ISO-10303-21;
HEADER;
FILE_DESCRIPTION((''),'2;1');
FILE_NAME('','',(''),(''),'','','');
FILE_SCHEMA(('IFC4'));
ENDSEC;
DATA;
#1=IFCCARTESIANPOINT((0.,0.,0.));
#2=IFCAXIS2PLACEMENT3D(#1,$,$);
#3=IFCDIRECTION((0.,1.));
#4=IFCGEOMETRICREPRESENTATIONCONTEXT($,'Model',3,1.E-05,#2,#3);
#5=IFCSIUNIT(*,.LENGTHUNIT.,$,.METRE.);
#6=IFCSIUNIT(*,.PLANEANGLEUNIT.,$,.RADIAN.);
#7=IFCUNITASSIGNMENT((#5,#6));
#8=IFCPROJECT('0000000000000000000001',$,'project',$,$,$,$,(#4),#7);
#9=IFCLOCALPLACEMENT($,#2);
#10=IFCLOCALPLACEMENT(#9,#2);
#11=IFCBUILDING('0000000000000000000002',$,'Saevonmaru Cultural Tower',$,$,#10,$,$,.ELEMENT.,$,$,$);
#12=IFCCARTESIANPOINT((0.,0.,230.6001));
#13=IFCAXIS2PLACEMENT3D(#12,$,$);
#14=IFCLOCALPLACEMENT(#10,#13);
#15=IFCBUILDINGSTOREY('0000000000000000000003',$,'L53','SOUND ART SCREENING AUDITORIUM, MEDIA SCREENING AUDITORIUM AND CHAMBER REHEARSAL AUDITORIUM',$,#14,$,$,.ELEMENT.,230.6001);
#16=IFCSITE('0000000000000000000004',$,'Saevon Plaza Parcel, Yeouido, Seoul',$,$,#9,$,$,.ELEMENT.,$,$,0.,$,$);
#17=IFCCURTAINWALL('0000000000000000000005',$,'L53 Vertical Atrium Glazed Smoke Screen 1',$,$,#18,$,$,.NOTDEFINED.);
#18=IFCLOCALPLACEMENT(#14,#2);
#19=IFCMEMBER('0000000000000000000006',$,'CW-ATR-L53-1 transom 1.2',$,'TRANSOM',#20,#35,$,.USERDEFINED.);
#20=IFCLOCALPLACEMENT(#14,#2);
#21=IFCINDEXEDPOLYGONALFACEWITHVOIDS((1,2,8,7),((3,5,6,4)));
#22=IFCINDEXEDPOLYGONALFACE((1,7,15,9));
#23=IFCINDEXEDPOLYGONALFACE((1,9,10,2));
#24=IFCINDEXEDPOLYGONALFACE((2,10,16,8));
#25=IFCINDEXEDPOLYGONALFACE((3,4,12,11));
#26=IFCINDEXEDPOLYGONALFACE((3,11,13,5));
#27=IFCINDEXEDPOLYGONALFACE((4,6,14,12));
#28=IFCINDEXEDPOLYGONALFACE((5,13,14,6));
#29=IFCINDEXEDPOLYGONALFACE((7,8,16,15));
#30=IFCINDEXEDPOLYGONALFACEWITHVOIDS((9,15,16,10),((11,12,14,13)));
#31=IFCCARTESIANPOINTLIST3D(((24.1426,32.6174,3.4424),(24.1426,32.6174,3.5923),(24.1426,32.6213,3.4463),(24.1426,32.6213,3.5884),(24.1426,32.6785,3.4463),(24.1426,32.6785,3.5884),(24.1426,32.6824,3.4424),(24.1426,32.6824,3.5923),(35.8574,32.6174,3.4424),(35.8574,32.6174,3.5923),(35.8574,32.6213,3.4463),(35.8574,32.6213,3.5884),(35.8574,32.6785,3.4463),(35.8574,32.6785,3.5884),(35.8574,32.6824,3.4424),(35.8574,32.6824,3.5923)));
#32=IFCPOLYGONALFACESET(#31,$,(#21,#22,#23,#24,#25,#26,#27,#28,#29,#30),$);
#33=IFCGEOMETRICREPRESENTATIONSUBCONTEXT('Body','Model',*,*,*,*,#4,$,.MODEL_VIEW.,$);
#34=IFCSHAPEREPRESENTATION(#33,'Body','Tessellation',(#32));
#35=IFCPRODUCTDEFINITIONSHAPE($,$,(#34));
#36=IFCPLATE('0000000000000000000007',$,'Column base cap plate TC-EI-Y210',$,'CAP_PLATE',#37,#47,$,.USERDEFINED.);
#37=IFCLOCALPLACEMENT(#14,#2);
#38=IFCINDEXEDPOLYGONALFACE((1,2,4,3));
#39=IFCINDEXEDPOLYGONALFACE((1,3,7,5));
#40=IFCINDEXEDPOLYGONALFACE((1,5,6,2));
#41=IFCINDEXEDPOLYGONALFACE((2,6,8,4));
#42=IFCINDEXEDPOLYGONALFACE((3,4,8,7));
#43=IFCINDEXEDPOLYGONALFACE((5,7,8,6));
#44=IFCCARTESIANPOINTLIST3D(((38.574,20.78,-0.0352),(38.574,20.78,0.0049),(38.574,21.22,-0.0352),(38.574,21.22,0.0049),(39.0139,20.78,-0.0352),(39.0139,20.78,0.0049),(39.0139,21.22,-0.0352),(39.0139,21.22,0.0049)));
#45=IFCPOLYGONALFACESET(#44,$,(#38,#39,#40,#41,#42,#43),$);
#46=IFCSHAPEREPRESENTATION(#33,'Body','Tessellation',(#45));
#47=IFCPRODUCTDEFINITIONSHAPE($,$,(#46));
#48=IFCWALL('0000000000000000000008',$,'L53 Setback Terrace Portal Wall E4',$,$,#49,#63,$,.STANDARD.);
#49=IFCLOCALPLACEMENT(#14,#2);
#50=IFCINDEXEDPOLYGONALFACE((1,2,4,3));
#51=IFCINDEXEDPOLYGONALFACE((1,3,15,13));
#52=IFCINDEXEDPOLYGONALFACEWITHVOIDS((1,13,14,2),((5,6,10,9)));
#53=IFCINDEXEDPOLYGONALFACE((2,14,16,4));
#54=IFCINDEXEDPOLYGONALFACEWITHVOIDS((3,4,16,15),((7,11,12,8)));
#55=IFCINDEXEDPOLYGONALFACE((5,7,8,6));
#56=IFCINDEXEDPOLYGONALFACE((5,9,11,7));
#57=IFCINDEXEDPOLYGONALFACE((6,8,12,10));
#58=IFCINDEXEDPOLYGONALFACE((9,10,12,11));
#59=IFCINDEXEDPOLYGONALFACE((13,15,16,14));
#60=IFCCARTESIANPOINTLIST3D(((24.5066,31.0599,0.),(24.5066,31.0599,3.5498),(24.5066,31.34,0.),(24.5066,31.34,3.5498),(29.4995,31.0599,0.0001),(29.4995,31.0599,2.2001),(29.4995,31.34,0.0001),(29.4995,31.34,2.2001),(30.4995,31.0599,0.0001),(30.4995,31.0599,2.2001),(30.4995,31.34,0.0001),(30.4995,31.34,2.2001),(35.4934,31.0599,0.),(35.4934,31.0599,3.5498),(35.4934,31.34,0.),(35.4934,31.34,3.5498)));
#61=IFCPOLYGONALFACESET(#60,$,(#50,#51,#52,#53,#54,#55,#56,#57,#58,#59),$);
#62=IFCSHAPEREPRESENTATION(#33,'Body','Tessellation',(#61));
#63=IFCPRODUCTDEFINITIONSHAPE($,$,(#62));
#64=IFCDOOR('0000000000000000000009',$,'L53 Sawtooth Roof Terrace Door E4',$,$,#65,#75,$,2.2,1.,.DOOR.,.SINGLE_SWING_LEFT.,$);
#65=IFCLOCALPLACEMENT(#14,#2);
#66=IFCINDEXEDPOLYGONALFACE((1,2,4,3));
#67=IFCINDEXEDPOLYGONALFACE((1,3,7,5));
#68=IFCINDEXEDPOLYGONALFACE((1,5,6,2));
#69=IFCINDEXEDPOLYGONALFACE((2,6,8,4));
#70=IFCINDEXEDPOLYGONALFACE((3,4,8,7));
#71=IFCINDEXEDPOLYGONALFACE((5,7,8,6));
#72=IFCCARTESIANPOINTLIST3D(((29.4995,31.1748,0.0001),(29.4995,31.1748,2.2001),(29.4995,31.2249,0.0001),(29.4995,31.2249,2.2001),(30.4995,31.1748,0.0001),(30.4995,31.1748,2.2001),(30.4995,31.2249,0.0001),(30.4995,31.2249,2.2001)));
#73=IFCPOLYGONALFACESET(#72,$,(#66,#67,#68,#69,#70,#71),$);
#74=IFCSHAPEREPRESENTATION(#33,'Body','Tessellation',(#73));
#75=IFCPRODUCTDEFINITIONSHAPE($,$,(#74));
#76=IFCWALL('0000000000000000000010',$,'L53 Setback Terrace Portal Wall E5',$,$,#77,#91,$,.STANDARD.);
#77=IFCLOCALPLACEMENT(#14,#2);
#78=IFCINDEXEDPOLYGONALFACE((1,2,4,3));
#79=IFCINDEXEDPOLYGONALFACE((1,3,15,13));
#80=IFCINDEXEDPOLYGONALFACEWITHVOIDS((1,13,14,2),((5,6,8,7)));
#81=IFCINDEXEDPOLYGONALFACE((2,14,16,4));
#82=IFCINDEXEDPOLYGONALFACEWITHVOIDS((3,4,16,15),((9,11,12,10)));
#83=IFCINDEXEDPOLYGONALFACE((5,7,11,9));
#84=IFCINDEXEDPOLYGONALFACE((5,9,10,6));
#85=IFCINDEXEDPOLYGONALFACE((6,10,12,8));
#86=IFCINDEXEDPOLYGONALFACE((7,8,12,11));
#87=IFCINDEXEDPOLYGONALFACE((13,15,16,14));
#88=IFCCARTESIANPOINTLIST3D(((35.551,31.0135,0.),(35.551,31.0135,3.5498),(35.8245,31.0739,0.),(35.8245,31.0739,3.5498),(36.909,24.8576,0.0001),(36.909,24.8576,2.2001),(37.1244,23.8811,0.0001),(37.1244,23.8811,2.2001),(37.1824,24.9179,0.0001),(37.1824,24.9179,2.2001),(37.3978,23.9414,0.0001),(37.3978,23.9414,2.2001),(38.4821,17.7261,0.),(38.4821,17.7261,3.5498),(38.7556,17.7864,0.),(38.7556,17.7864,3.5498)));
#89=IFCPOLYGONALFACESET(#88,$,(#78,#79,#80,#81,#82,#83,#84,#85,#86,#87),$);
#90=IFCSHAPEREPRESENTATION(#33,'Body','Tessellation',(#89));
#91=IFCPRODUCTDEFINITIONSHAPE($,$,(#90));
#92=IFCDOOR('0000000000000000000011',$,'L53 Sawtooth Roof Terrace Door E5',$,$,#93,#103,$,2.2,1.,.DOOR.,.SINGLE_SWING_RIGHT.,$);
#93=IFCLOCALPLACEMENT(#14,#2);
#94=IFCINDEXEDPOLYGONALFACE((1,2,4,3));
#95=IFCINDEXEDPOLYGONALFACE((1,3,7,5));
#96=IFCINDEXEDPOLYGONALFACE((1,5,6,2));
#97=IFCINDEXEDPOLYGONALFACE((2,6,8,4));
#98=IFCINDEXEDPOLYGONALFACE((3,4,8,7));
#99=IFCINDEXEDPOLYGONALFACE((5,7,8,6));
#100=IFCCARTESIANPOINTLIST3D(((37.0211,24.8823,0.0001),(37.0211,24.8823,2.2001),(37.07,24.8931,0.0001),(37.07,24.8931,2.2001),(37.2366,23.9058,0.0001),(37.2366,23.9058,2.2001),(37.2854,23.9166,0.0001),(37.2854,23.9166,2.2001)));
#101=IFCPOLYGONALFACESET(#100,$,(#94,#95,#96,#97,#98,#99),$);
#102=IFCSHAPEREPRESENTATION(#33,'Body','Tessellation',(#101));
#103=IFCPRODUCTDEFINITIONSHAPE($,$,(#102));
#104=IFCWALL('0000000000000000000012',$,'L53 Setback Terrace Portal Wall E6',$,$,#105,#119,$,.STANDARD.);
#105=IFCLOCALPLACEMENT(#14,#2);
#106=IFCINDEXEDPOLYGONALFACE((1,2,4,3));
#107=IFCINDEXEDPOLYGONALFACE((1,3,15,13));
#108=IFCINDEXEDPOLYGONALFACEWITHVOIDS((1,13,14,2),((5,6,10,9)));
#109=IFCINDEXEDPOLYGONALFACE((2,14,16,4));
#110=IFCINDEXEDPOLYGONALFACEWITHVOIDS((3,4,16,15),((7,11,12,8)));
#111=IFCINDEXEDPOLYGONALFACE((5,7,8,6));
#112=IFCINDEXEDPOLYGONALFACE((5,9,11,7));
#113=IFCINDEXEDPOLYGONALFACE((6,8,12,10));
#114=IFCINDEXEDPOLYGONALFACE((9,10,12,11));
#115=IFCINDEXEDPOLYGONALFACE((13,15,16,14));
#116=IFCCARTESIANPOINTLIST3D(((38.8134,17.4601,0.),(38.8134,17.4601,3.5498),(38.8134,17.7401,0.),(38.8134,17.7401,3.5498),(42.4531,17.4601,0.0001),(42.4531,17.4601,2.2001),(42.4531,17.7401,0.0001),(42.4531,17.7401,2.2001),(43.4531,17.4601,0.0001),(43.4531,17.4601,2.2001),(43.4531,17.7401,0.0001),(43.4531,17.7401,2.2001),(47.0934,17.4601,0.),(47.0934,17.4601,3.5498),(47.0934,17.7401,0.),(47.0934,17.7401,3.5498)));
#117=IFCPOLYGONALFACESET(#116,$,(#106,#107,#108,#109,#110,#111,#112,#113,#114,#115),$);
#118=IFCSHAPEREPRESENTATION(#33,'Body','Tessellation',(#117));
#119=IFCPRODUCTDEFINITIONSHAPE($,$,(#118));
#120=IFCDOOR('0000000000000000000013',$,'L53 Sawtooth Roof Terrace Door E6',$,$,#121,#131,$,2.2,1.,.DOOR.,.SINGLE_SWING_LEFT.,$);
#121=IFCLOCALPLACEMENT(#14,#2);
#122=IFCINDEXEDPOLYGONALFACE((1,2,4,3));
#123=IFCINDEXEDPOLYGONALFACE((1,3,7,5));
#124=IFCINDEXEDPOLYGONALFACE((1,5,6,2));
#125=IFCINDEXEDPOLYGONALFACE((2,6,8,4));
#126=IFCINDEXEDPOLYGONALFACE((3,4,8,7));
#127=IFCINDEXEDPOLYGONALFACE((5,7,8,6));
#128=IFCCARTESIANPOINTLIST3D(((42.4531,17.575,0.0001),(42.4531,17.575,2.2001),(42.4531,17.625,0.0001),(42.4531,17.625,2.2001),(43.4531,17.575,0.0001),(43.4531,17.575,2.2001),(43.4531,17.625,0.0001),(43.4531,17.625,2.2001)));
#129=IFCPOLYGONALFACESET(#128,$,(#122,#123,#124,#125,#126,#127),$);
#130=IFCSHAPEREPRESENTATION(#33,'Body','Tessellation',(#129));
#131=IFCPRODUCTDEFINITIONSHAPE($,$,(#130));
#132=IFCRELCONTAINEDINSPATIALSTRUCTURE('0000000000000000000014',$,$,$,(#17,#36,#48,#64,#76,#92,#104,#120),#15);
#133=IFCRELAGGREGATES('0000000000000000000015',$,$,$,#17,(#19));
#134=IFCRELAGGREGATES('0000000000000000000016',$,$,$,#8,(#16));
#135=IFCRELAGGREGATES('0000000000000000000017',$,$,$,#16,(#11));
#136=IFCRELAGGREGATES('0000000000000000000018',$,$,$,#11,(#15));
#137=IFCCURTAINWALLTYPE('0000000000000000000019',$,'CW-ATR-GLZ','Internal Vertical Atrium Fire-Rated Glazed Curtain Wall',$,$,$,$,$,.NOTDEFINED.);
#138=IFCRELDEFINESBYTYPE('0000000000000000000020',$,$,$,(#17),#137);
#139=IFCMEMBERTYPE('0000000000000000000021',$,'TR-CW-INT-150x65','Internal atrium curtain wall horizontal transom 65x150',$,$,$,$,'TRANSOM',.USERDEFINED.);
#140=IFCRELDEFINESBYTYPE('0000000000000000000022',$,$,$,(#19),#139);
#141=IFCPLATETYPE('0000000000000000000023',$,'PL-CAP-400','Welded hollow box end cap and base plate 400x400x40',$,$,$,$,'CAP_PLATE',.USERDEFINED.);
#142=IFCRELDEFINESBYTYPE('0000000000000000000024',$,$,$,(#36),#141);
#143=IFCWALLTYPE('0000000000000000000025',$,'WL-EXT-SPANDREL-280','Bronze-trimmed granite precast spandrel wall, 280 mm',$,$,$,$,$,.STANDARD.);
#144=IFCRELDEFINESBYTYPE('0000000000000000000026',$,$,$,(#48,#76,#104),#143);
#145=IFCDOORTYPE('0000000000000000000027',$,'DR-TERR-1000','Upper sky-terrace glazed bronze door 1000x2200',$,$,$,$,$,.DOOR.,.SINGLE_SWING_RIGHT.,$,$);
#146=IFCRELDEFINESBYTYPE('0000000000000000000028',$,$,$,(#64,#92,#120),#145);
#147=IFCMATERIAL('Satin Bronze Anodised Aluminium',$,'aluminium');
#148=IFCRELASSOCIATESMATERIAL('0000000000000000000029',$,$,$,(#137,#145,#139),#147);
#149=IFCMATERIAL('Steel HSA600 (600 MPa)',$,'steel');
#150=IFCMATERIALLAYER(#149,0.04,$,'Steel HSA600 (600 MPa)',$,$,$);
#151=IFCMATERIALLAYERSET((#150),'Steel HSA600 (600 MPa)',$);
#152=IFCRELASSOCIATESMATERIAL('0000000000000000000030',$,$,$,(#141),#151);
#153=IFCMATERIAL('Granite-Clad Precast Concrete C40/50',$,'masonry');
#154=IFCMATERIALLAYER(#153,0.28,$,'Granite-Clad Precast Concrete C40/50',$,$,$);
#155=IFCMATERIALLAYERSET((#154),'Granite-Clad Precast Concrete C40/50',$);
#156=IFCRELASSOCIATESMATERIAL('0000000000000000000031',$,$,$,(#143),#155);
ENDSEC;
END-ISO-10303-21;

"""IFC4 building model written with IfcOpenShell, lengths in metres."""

from ifc_helpers import new_model, si_unit, direction, frame, frame_2d, origin, origin_2d, place, context, subcontext, project, spatial, rectangle, hollow_rectangle, extrude, material, layer, layer_set, material_profile, profile_set, type_object, element, fill, aggregate, save


model = new_model("IFC4")

# Units and contexts
model_context = context("Model", 3, precision=1e-05, world=origin(), true_north=direction((0.0, 1.0)))
body_context = subcontext(model_context, "Body", "Model", "MODEL_VIEW")
ifc_project = project(units=[si_unit("LENGTHUNIT", "METRE"), si_unit("PLANEANGLEUNIT", "RADIAN")], contexts=[model_context])

# Site, building, storey
site_placement = place(None, origin())
site = spatial("IfcSite", under=ifc_project, at=site_placement, Name="Saevon Plaza Parcel, Yeouido, Seoul", CompositionType="ELEMENT", RefElevation=0.0)
building_placement = place(site_placement, origin())
building = spatial("IfcBuilding", under=site, at=building_placement, Name="Saevonmaru Cultural Tower", CompositionType="ELEMENT")
storey_placement = place(building_placement, frame((0.0, 0.0, 230.6001)))
storey = spatial("IfcBuildingStorey", under=building, at=storey_placement, Name="L53", Description="SOUND ART SCREENING AUDITORIUM, MEDIA SCREENING AUDITORIUM AND CHAMBER REHEARSAL AUDITORIUM", CompositionType="ELEMENT", Elevation=230.6001)

# Curtain wall, member
ifc_material_1 = material(Name="Satin Bronze Anodised Aluminium", Category="aluminium")
curtain_wall_type = type_object("IfcCurtainWallType", Name="CW-ATR-GLZ", Description="Internal Vertical Atrium Fire-Rated Glazed Curtain Wall", PredefinedType="NOTDEFINED", material=ifc_material_1)
curtain_wall_placement = place(storey_placement, origin())
curtain_wall = element("IfcCurtainWall", 1, at=curtain_wall_placement, inside=storey, type_object=curtain_wall_type, Name="L53 Vertical Atrium Glazed Smoke Screen 1", PredefinedType="NOTDEFINED")
ifc_material_profile_1 = material_profile(ifc_material_1, hollow_rectangle(XDim=0.0649, YDim=0.1499, WallThickness=0.0039, at=origin_2d()), Name="ALU-TRAN-150x65x4")
ifc_profile_set_1 = profile_set([ifc_material_profile_1], Name="Satin Bronze Anodised Aluminium")
member_type_1 = type_object("IfcMemberType", Name="TR-CW-INT-150x65", Description="Internal atrium curtain wall horizontal transom 65x150", ElementType="TRANSOM", PredefinedType="USERDEFINED", material=ifc_profile_set_1)
member_1_placement = place(storey_placement, frame((24.1426, 32.6499, 3.5173), z_axis=(1.0, 0.0, 0.0), x_axis=(0.0, 1.0, 0.0)))
member_1 = element("IfcMember", 2, at=member_1_placement, type_object=member_type_1, Name="CW-ATR-L53-1 transom 1.2", ObjectType="TRANSOM", PredefinedType="USERDEFINED", context=body_context, shape_type="SweptSolid", body=[
    extrude(hollow_rectangle(XDim=0.0649, YDim=0.1499, WallThickness=0.0039, at=origin_2d()), origin(), (0.0, 0.0, 1.0), 11.7148),
])
aggregate(curtain_wall, [member_1])

# Plate
ifc_material_2 = material(Name="Steel HSA600 (600 MPa)", Category="steel")
ifc_layer_1 = layer(ifc_material_2, 0.04, Name="Steel HSA600 (600 MPa)")
ifc_layer_set_1 = layer_set([ifc_layer_1], Name="Steel HSA600 (600 MPa)")
plate_type = type_object("IfcPlateType", Name="PL-CAP-400", Description="Welded hollow box end cap and base plate 400x400x40", ElementType="CAP_PLATE", PredefinedType="USERDEFINED", material=ifc_layer_set_1)
plate_placement = place(storey_placement, frame((38.7939, 21.0, -0.0352), z_axis=(0.0, 0.0, 1.0), x_axis=(1.0, 0.0, 0.0)))
element("IfcPlate", 3, at=plate_placement, inside=storey, type_object=plate_type, Name="Column base cap plate TC-EI-Y210", ObjectType="CAP_PLATE", PredefinedType="USERDEFINED", context=body_context, shape_type="SweptSolid", body=[
    extrude(rectangle(XDim=0.4399, YDim=0.4399, at=origin_2d()), origin(), (0.0, 0.0, 1.0), 0.04),
])

# Walls, openings, doors
ifc_material_3 = material(Name="Granite-Clad Precast Concrete C40/50", Category="masonry")
ifc_layer_2 = layer(ifc_material_3, 0.28, Name="Granite-Clad Precast Concrete C40/50")
ifc_layer_set_2 = layer_set([ifc_layer_2], Name="Granite-Clad Precast Concrete C40/50")
wall_type = type_object("IfcWallType", Name="WL-EXT-SPANDREL-280", Description="Bronze-trimmed granite precast spandrel wall, 280 mm", PredefinedType="STANDARD", material=ifc_layer_set_2)
wall_1_placement = place(storey_placement, frame((24.5066, 31.2, 0.0), z_axis=(0.0, 0.0, 1.0), x_axis=(1.0, 0.0, 0.0)))
wall_1 = element("IfcWall", 4, at=wall_1_placement, inside=storey, type_object=wall_type, Name="L53 Setback Terrace Portal Wall E4", PredefinedType="STANDARD", context=body_context, shape_type="SweptSolid", body=[
    extrude(rectangle(XDim=10.9868, YDim=0.28, at=frame_2d((5.4934, 0.0))), origin(), (0.0, 0.0, 1.0), 3.5498),
])
opening_1_placement = place(wall_1_placement, frame((4.9929, 0.0, 0.0)))
opening_1 = element("IfcOpeningElement", 5, at=opening_1_placement, cuts=wall_1, PredefinedType="OPENING", context=body_context, shape_type="SweptSolid", body=[
    extrude(rectangle(XDim=1.0, YDim=2.2, at=frame_2d((0.5, 1.1001))), frame((0.0, 0.1499, 0.0), z_axis=(0.0, -1.0, 0.0), x_axis=(1.0, 0.0, 0.0)), (0.0, 0.0, 1.0), 0.3),
])
door_type = type_object("IfcDoorType", Name="DR-TERR-1000", Description="Upper sky-terrace glazed bronze door 1000x2200", OperationType="SINGLE_SWING_RIGHT", PredefinedType="DOOR", material=ifc_material_1)
door_1_placement = place(opening_1_placement, origin())
door_1 = element("IfcDoor", 6, at=door_1_placement, inside=storey, type_object=door_type, Name="L53 Sawtooth Roof Terrace Door E4", OperationType="SINGLE_SWING_LEFT", OverallHeight=2.2, OverallWidth=1.0, PredefinedType="DOOR", context=body_context, shape_type="SweptSolid", body=[
    extrude(rectangle(XDim=1.0, YDim=2.2, at=frame_2d((0.5, 1.1001))), frame((0.0, 0.0249, 0.0), z_axis=(0.0, -1.0, 0.0), x_axis=(1.0, 0.0, 0.0)), (0.0, 0.0, 1.0), 0.05),
])
fill(opening_1, door_1)
wall_2_placement = place(storey_placement, frame((35.6877, 31.0437, 0.0), z_axis=(0.0, 0.0, 1.0), x_axis=(0.215414, -0.976523, 0.0)))
wall_2 = element("IfcWall", 7, at=wall_2_placement, inside=storey, type_object=wall_type, Name="L53 Setback Terrace Portal Wall E5", PredefinedType="STANDARD", context=body_context, shape_type="SweptSolid", body=[
    extrude(rectangle(XDim=13.6069, YDim=0.28, at=frame_2d((6.8035, 0.0))), origin(), (0.0, 0.0, 1.0), 3.5498),
])
opening_2_placement = place(wall_2_placement, frame((6.304, 0.0, 0.0)))
opening_2 = element("IfcOpeningElement", 8, at=opening_2_placement, cuts=wall_2, PredefinedType="OPENING", context=body_context, shape_type="SweptSolid", body=[
    extrude(rectangle(XDim=1.0, YDim=2.2, at=frame_2d((0.5, 1.1001))), frame((0.0, 0.1499, 0.0), z_axis=(0.0, -1.0, 0.0), x_axis=(1.0, 0.0, 0.0)), (0.0, 0.0, 1.0), 0.3),
])
door_2_placement = place(opening_2_placement, origin())
door_2 = element("IfcDoor", 9, at=door_2_placement, inside=storey, type_object=door_type, Name="L53 Sawtooth Roof Terrace Door E5", OperationType="SINGLE_SWING_RIGHT", OverallHeight=2.2, OverallWidth=1.0, PredefinedType="DOOR", context=body_context, shape_type="SweptSolid", body=[
    extrude(rectangle(XDim=1.0, YDim=2.2, at=frame_2d((0.5, 1.1001))), frame((0.0, 0.0249, 0.0), z_axis=(0.0, -1.0, 0.0), x_axis=(1.0, 0.0, 0.0)), (0.0, 0.0, 1.0), 0.05),
])
fill(opening_2, door_2)
wall_3_placement = place(storey_placement, frame((38.8132, 17.6001, 0.0), z_axis=(0.0, 0.0, 1.0), x_axis=(1.0, 0.0, 0.0)))
wall_3 = element("IfcWall", 10, at=wall_3_placement, inside=storey, type_object=wall_type, Name="L53 Setback Terrace Portal Wall E6", PredefinedType="STANDARD", context=body_context, shape_type="SweptSolid", body=[
    extrude(rectangle(XDim=8.28, YDim=0.28, at=frame_2d((4.1401, 0.0))), origin(), (0.0, 0.0, 1.0), 3.5498),
])
opening_3_placement = place(wall_3_placement, frame((3.6399, 0.0, 0.0)))
opening_3 = element("IfcOpeningElement", 11, at=opening_3_placement, cuts=wall_3, PredefinedType="OPENING", context=body_context, shape_type="SweptSolid", body=[
    extrude(rectangle(XDim=1.0, YDim=2.2, at=frame_2d((0.5, 1.1001))), frame((0.0, 0.1499, 0.0), z_axis=(0.0, -1.0, 0.0), x_axis=(1.0, 0.0, 0.0)), (0.0, 0.0, 1.0), 0.3),
])
door_3_placement = place(opening_3_placement, origin())
door_3 = element("IfcDoor", 12, at=door_3_placement, inside=storey, type_object=door_type, Name="L53 Sawtooth Roof Terrace Door E6", OperationType="SINGLE_SWING_LEFT", OverallHeight=2.2, OverallWidth=1.0, PredefinedType="DOOR", context=body_context, shape_type="SweptSolid", body=[
    extrude(rectangle(XDim=1.0, YDim=2.2, at=frame_2d((0.5, 1.1001))), frame((0.0, 0.0249, 0.0), z_axis=(0.0, -1.0, 0.0), x_axis=(1.0, 0.0, 0.0)), (0.0, 0.0, 1.0), 0.05),
])
fill(opening_3, door_3)

save(model, "model.ifc")
